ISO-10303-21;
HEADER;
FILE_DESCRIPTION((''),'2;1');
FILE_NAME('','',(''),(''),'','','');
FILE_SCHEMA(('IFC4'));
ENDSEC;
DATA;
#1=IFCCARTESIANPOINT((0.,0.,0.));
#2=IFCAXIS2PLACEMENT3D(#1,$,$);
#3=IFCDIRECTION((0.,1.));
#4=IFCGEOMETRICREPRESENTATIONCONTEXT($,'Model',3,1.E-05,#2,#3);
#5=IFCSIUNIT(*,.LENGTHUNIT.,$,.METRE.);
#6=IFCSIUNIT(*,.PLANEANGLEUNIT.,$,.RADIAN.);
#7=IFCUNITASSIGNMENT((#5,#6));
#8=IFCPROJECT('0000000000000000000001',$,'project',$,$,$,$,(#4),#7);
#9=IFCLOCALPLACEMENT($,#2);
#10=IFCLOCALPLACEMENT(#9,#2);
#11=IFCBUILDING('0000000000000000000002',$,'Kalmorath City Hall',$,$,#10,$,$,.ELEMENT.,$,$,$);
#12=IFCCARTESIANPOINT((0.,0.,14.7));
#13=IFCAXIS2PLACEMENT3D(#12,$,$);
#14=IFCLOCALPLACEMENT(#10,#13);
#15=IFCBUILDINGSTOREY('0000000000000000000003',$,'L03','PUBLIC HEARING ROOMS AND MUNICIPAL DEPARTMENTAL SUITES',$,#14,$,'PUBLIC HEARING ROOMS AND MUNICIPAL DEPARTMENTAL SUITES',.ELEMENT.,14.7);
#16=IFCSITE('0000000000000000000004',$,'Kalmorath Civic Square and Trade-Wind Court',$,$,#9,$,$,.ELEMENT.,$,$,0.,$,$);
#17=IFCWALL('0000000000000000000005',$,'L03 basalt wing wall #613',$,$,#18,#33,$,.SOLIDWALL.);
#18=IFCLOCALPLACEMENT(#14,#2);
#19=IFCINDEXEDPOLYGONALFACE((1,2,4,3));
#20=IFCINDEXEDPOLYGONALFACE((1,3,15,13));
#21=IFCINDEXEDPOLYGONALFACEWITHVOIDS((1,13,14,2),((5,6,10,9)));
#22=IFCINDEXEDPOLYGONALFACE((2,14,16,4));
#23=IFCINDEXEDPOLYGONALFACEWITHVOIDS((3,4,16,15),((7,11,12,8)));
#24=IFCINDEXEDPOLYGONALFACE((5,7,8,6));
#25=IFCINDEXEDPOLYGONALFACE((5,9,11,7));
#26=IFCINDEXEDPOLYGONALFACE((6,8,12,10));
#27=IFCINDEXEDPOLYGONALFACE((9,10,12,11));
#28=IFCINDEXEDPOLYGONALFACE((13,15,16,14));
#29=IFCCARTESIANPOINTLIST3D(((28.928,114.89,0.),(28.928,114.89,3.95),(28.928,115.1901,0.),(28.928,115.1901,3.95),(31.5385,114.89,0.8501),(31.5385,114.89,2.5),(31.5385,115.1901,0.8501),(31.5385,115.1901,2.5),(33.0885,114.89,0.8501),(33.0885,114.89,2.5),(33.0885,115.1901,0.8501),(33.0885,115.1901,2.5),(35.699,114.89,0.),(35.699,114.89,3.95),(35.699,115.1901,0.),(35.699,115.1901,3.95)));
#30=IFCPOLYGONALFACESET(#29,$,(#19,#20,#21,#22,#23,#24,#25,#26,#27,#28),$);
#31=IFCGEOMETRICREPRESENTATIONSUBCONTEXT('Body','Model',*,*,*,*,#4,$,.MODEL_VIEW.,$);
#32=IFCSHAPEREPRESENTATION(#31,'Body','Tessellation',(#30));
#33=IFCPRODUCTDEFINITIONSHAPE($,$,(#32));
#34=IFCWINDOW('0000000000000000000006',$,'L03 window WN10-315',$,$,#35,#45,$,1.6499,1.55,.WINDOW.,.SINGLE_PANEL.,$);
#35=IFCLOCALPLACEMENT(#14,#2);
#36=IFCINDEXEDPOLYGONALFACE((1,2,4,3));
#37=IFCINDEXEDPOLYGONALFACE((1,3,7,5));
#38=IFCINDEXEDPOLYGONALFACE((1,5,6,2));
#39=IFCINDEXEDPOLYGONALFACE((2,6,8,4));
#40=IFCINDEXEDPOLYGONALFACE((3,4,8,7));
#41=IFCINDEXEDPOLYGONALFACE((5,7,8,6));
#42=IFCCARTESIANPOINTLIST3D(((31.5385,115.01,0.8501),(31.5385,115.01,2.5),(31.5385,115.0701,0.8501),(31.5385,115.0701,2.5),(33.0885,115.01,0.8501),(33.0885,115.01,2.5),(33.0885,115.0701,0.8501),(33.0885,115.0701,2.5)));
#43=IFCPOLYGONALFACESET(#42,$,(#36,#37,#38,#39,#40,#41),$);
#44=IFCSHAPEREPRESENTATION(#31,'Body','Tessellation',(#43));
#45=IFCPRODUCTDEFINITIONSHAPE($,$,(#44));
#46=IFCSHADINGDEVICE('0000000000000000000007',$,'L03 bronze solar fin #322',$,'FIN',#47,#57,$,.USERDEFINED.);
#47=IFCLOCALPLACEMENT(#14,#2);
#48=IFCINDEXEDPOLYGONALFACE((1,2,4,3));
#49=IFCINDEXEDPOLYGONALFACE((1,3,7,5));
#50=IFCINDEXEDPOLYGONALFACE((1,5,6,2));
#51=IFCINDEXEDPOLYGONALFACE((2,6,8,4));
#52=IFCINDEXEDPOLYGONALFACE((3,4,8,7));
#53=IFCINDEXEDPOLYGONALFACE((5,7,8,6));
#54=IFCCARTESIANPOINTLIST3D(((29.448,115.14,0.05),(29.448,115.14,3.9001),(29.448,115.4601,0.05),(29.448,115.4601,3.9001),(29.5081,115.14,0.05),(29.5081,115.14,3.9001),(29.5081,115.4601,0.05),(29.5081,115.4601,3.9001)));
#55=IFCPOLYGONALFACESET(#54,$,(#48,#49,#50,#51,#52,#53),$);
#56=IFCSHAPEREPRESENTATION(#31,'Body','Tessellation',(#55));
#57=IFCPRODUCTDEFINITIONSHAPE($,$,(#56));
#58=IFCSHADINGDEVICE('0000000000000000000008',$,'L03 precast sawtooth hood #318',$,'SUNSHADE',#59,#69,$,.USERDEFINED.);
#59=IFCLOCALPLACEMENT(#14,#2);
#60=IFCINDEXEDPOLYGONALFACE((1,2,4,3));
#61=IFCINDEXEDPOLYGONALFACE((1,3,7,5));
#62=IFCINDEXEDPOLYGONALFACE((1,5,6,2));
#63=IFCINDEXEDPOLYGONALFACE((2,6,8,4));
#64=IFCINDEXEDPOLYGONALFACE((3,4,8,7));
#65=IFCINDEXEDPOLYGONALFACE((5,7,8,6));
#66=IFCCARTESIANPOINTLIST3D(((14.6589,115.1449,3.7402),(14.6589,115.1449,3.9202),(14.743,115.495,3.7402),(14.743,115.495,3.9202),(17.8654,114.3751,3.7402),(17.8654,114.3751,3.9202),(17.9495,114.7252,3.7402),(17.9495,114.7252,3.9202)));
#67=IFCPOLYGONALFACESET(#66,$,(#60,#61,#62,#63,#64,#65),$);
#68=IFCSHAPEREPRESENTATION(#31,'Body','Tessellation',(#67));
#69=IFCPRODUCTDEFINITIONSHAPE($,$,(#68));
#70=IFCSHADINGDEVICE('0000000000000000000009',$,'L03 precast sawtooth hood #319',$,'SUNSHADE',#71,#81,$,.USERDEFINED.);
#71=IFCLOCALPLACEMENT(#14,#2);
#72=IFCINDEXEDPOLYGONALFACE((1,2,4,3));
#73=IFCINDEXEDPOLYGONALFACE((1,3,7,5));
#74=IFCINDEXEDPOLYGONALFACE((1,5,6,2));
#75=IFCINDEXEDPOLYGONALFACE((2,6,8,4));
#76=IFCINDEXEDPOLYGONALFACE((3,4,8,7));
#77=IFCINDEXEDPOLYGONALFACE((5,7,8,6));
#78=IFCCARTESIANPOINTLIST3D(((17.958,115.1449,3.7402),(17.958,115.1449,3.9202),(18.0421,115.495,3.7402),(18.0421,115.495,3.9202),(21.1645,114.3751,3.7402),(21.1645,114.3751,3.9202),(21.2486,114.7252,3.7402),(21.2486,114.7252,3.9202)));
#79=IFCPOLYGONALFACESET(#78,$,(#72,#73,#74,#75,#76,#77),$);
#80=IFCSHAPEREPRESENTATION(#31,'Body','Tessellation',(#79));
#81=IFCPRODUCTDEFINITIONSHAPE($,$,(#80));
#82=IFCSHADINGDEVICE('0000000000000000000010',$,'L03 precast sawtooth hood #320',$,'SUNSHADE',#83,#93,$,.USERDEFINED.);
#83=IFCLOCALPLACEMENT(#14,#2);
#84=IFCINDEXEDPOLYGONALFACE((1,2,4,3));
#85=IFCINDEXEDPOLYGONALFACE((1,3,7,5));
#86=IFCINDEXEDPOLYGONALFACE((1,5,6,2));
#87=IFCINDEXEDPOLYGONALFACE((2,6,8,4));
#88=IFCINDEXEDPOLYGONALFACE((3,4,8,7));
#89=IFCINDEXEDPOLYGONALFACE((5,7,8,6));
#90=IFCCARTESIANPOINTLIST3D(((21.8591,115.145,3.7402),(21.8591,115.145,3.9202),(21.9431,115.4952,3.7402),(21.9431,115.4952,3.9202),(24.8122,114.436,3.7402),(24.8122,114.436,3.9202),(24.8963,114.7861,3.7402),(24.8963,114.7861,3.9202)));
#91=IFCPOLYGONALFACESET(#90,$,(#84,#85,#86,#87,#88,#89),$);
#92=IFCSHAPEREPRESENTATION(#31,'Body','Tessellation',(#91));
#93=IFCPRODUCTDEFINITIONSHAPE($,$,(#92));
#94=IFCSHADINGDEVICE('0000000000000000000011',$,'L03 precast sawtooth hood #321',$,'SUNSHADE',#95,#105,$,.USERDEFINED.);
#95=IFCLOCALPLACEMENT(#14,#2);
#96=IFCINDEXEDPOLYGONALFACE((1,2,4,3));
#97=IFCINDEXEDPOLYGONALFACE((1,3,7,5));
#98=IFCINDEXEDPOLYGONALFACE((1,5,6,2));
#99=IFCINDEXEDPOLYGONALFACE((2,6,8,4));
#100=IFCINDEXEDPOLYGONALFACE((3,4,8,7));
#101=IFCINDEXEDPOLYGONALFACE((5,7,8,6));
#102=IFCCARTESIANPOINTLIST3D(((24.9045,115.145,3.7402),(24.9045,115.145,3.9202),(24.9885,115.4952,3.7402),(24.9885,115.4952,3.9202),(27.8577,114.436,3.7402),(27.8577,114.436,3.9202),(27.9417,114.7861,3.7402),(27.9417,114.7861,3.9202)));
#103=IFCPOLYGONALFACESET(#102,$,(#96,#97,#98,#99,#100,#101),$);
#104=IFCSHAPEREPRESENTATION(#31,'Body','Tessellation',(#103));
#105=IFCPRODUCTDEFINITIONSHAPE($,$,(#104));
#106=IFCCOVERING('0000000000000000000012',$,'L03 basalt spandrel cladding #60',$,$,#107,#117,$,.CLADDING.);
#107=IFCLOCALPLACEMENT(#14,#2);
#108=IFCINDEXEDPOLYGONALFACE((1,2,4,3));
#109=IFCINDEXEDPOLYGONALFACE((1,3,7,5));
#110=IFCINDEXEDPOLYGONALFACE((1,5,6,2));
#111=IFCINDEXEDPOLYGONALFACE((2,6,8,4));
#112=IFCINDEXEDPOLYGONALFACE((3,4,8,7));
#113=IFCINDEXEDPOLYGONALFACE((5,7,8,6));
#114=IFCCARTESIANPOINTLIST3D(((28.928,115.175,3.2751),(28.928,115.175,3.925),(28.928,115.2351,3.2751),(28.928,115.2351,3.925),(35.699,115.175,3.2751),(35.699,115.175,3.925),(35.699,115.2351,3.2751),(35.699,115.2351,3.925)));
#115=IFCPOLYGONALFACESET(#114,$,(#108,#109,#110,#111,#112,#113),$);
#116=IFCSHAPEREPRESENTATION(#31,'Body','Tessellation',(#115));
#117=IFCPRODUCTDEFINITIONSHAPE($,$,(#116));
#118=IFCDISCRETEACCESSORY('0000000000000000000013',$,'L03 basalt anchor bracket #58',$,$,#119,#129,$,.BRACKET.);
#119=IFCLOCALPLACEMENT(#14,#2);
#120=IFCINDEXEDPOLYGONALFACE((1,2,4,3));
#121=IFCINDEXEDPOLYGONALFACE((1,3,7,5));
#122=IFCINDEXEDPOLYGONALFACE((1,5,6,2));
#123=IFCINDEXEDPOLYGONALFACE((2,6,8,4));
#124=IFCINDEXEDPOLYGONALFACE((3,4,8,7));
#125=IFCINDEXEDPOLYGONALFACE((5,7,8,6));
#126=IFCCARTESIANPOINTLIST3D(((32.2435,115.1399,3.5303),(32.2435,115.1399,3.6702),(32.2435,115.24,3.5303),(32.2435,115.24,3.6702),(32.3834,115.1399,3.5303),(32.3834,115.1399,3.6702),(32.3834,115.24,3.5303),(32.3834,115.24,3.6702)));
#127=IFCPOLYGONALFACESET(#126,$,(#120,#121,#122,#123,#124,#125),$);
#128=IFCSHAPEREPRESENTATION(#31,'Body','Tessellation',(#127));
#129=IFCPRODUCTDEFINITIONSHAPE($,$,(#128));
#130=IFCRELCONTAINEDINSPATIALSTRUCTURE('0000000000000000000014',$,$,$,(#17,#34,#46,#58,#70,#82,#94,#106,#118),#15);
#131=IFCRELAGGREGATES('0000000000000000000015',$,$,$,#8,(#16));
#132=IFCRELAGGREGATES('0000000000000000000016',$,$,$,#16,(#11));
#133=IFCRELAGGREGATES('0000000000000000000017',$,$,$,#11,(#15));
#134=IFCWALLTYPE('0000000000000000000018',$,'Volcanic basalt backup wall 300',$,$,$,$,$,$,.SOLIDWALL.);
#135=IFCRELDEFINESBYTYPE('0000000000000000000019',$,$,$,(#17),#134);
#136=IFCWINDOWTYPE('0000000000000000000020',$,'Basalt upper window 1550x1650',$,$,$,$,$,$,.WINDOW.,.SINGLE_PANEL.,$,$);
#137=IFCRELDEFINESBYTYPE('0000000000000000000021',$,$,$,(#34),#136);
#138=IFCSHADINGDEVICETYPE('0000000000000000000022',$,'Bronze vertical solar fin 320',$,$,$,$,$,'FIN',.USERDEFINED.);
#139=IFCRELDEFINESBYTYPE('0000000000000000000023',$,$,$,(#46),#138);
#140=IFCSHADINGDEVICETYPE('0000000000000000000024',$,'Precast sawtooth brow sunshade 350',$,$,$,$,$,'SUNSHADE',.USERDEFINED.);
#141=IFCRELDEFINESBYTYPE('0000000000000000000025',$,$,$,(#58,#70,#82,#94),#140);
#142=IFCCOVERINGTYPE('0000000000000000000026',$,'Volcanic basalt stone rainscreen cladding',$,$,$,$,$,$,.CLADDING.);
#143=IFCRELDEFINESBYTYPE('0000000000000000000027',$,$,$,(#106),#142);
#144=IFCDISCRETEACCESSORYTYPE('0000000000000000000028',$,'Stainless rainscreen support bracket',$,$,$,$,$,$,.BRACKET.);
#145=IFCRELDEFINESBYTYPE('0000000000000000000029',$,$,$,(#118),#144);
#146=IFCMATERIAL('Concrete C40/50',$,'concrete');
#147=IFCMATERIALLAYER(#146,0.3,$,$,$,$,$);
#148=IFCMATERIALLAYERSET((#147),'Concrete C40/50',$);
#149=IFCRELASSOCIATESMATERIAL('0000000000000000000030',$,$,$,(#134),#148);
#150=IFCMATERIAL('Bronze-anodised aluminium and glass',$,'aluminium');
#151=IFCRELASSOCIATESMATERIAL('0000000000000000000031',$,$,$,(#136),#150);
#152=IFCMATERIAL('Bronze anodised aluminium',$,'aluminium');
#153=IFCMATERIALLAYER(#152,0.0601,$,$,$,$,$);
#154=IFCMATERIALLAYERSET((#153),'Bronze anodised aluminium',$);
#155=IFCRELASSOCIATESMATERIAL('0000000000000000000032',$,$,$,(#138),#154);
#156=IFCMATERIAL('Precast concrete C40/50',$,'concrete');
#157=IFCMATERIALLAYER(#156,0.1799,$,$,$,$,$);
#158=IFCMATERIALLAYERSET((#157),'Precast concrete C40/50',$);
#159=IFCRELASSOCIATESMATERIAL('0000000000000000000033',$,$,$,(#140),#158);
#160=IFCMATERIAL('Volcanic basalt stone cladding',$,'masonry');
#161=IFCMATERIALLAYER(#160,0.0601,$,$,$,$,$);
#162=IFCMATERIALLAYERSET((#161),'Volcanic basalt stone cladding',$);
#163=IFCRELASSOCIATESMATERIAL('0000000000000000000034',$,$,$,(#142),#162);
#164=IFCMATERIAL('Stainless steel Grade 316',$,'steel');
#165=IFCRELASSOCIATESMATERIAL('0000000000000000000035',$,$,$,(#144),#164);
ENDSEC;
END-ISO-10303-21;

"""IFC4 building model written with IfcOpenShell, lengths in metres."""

from ifc_helpers import new_model, si_unit, direction, frame, frame_2d, origin, origin_2d, place, context, subcontext, project, spatial, rectangle, extrude, material, layer, layer_set, type_object, element, fill, save


model = new_model("IFC4")

# Units and contexts
model_context = context("Model", 3, precision=1e-05, world=origin(), true_north=direction((0.0, 1.0)))
body_context = subcontext(model_context, "Body", "Model", "MODEL_VIEW")
ifc_project = project(units=[si_unit("LENGTHUNIT", "METRE"), si_unit("PLANEANGLEUNIT", "RADIAN")], contexts=[model_context])

# Site, building, storey
site_placement = place(None, origin())
site = spatial("IfcSite", under=ifc_project, at=site_placement, Name="Kalmorath Civic Square and Trade-Wind Court", CompositionType="ELEMENT", RefElevation=0.0)
building_placement = place(site_placement, origin())
building = spatial("IfcBuilding", under=site, at=building_placement, Name="Kalmorath City Hall", CompositionType="ELEMENT")
storey_placement = place(building_placement, frame((0.0, 0.0, 14.7)))
storey = spatial("IfcBuildingStorey", under=building, at=storey_placement, Name="L03", Description="PUBLIC HEARING ROOMS AND MUNICIPAL DEPARTMENTAL SUITES", LongName="PUBLIC HEARING ROOMS AND MUNICIPAL DEPARTMENTAL SUITES", CompositionType="ELEMENT", Elevation=14.7)

# Wall, opening, window
ifc_material_1 = material(Name="Concrete C40/50", Category="concrete")
ifc_layer_1 = layer(ifc_material_1, 0.3)
ifc_layer_set_1 = layer_set([ifc_layer_1], Name="Concrete C40/50")
wall_type_1 = type_object("IfcWallType", Name="Volcanic basalt backup wall 300", PredefinedType="SOLIDWALL", material=ifc_layer_set_1)
wall_1_placement = place(storey_placement, frame((28.928, 115.04, 0.0), z_axis=(0.0, 0.0, 1.0), x_axis=(1.0, 0.0, 0.0)))
wall_1 = element("IfcWall", 1, at=wall_1_placement, inside=storey, type_object=wall_type_1, Name="L03 basalt wing wall #613", PredefinedType="SOLIDWALL", context=body_context, shape_type="SweptSolid", body=[
    extrude(rectangle(XDim=6.771, YDim=0.3, at=frame_2d((3.3855, 0.0))), origin(), (0.0, 0.0, 1.0), 3.95),
])
opening_1_placement = place(wall_1_placement, frame((2.6106, 0.0, 0.8501)))
opening_1 = element("IfcOpeningElement", 2, at=opening_1_placement, cuts=wall_1, PredefinedType="OPENING", context=body_context, shape_type="SweptSolid", body=[
    extrude(rectangle(XDim=1.55, YDim=1.6499, at=frame_2d((0.7749, 0.825))), frame((0.0, 0.1599, 0.0), z_axis=(0.0, -1.0, 0.0), x_axis=(1.0, 0.0, 0.0)), (0.0, 0.0, 1.0), 0.3201),
])
ifc_material_2 = material(Name="Bronze-anodised aluminium and glass", Category="aluminium")
window_type_1 = type_object("IfcWindowType", Name="Basalt upper window 1550x1650", PartitioningType="SINGLE_PANEL", PredefinedType="WINDOW", material=ifc_material_2)
window_1_placement = place(opening_1_placement, origin())
window_1 = element("IfcWindow", 3, at=window_1_placement, inside=storey, type_object=window_type_1, Name="L03 window WN10-315", OverallHeight=1.6499, OverallWidth=1.55, PartitioningType="SINGLE_PANEL", PredefinedType="WINDOW", context=body_context, shape_type="SweptSolid", body=[
    extrude(rectangle(XDim=1.55, YDim=1.6499, at=frame_2d((0.7749, 0.825))), frame((0.0, 0.03, 0.0), z_axis=(0.0, -1.0, 0.0), x_axis=(1.0, 0.0, 0.0)), (0.0, 0.0, 1.0), 0.0601),
])
fill(opening_1, window_1)

# Shading devices
ifc_material_3 = material(Name="Bronze anodised aluminium", Category="aluminium")
ifc_layer_2 = layer(ifc_material_3, 0.0601)
ifc_layer_set_2 = layer_set([ifc_layer_2], Name="Bronze anodised aluminium")
shading_device_type_1 = type_object("IfcShadingDeviceType", Name="Bronze vertical solar fin 320", ElementType="FIN", PredefinedType="USERDEFINED", material=ifc_layer_set_2)
shading_device_placement = place(storey_placement, frame((29.478, 115.3, 0.05), z_axis=(0.0, 0.0, 1.0), x_axis=(1.0, 0.0, 0.0)))
element("IfcShadingDevice", 4, at=shading_device_placement, inside=storey, type_object=shading_device_type_1, Name="L03 bronze solar fin #322", ObjectType="FIN", PredefinedType="USERDEFINED", context=body_context, shape_type="SweptSolid", body=[
    extrude(rectangle(XDim=0.0601, YDim=0.3201, at=origin_2d()), origin(), (0.0, 0.0, 1.0), 3.8501),
])
ifc_material_4 = material(Name="Precast concrete C40/50", Category="concrete")
ifc_layer_3 = layer(ifc_material_4, 0.1799)
ifc_layer_set_3 = layer_set([ifc_layer_3], Name="Precast concrete C40/50")
shading_device_type_2 = type_object("IfcShadingDeviceType", Name="Precast sawtooth brow sunshade 350", ElementType="SUNSHADE", PredefinedType="USERDEFINED", material=ifc_layer_set_3)
for number, where, z_axis, x_axis, name in (
    (5, (16.3042, 114.9351, 3.7402), (0.0, 0.0, 1.0), (0.97237, -0.233445, 0.0), "L03 precast sawtooth hood #318"),
    (6, (19.6033, 114.9351, 3.7402), (0.0, 0.0, 1.0), (0.97237, -0.233445, 0.0), "L03 precast sawtooth hood #319"),
):
    element("IfcShadingDevice", number, at=place(storey_placement, frame(where, z_axis=z_axis, x_axis=x_axis)), inside=storey, type_object=shading_device_type_2, Name=name, ObjectType="SUNSHADE", PredefinedType="USERDEFINED", context=body_context, shape_type="SweptSolid", body=[
        extrude(rectangle(XDim=3.2976, YDim=0.3601, at=origin_2d()), origin(), (0.0, 0.0, 1.0), 0.1799),
    ])
for number, where, z_axis, x_axis, name in (
    (7, (23.3777, 114.9656, 3.7402), (0.0, 0.0, 1.0), (0.972366, -0.233462, 0.0), "L03 precast sawtooth hood #320"),
    (8, (26.4231, 114.9656, 3.7402), (0.0, 0.0, 1.0), (0.972366, -0.233462, 0.0), "L03 precast sawtooth hood #321"),
):
    element("IfcShadingDevice", number, at=place(storey_placement, frame(where, z_axis=z_axis, x_axis=x_axis)), inside=storey, type_object=shading_device_type_2, Name=name, ObjectType="SUNSHADE", PredefinedType="USERDEFINED", context=body_context, shape_type="SweptSolid", body=[
        extrude(rectangle(XDim=3.0371, YDim=0.3601, at=origin_2d()), origin(), (0.0, 0.0, 1.0), 0.1799),
    ])

# Covering
ifc_material_5 = material(Name="Volcanic basalt stone cladding", Category="masonry")
ifc_layer_4 = layer(ifc_material_5, 0.0601)
ifc_layer_set_4 = layer_set([ifc_layer_4], Name="Volcanic basalt stone cladding")
covering_type = type_object("IfcCoveringType", Name="Volcanic basalt stone rainscreen cladding", PredefinedType="CLADDING", material=ifc_layer_set_4)
covering_placement = place(storey_placement, frame((32.3135, 115.2051, 3.2751), z_axis=(0.0, 0.0, 1.0), x_axis=(1.0, 0.0, 0.0)))
element("IfcCovering", 9, at=covering_placement, inside=storey, type_object=covering_type, Name="L03 basalt spandrel cladding #60", PredefinedType="CLADDING", context=body_context, shape_type="SweptSolid", body=[
    extrude(rectangle(XDim=6.771, YDim=0.0601, at=origin_2d()), origin(), (0.0, 0.0, 1.0), 0.6499),
])

# Discrete accessory
ifc_material_6 = material(Name="Stainless steel Grade 316", Category="steel")
discrete_accessory_type = type_object("IfcDiscreteAccessoryType", Name="Stainless rainscreen support bracket", PredefinedType="BRACKET", material=ifc_material_6)
discrete_accessory_placement = place(storey_placement, frame((32.3135, 115.1899, 3.5303), z_axis=(0.0, 0.0, 1.0), x_axis=(1.0, 0.0, 0.0)))
element("IfcDiscreteAccessory", 10, at=discrete_accessory_placement, inside=storey, type_object=discrete_accessory_type, Name="L03 basalt anchor bracket #58", PredefinedType="BRACKET", context=body_context, shape_type="SweptSolid", body=[
    extrude(rectangle(XDim=0.1399, YDim=0.1001, at=origin_2d()), origin(), (0.0, 0.0, 1.0), 0.1399),
])

save(model, "model.ifc")
